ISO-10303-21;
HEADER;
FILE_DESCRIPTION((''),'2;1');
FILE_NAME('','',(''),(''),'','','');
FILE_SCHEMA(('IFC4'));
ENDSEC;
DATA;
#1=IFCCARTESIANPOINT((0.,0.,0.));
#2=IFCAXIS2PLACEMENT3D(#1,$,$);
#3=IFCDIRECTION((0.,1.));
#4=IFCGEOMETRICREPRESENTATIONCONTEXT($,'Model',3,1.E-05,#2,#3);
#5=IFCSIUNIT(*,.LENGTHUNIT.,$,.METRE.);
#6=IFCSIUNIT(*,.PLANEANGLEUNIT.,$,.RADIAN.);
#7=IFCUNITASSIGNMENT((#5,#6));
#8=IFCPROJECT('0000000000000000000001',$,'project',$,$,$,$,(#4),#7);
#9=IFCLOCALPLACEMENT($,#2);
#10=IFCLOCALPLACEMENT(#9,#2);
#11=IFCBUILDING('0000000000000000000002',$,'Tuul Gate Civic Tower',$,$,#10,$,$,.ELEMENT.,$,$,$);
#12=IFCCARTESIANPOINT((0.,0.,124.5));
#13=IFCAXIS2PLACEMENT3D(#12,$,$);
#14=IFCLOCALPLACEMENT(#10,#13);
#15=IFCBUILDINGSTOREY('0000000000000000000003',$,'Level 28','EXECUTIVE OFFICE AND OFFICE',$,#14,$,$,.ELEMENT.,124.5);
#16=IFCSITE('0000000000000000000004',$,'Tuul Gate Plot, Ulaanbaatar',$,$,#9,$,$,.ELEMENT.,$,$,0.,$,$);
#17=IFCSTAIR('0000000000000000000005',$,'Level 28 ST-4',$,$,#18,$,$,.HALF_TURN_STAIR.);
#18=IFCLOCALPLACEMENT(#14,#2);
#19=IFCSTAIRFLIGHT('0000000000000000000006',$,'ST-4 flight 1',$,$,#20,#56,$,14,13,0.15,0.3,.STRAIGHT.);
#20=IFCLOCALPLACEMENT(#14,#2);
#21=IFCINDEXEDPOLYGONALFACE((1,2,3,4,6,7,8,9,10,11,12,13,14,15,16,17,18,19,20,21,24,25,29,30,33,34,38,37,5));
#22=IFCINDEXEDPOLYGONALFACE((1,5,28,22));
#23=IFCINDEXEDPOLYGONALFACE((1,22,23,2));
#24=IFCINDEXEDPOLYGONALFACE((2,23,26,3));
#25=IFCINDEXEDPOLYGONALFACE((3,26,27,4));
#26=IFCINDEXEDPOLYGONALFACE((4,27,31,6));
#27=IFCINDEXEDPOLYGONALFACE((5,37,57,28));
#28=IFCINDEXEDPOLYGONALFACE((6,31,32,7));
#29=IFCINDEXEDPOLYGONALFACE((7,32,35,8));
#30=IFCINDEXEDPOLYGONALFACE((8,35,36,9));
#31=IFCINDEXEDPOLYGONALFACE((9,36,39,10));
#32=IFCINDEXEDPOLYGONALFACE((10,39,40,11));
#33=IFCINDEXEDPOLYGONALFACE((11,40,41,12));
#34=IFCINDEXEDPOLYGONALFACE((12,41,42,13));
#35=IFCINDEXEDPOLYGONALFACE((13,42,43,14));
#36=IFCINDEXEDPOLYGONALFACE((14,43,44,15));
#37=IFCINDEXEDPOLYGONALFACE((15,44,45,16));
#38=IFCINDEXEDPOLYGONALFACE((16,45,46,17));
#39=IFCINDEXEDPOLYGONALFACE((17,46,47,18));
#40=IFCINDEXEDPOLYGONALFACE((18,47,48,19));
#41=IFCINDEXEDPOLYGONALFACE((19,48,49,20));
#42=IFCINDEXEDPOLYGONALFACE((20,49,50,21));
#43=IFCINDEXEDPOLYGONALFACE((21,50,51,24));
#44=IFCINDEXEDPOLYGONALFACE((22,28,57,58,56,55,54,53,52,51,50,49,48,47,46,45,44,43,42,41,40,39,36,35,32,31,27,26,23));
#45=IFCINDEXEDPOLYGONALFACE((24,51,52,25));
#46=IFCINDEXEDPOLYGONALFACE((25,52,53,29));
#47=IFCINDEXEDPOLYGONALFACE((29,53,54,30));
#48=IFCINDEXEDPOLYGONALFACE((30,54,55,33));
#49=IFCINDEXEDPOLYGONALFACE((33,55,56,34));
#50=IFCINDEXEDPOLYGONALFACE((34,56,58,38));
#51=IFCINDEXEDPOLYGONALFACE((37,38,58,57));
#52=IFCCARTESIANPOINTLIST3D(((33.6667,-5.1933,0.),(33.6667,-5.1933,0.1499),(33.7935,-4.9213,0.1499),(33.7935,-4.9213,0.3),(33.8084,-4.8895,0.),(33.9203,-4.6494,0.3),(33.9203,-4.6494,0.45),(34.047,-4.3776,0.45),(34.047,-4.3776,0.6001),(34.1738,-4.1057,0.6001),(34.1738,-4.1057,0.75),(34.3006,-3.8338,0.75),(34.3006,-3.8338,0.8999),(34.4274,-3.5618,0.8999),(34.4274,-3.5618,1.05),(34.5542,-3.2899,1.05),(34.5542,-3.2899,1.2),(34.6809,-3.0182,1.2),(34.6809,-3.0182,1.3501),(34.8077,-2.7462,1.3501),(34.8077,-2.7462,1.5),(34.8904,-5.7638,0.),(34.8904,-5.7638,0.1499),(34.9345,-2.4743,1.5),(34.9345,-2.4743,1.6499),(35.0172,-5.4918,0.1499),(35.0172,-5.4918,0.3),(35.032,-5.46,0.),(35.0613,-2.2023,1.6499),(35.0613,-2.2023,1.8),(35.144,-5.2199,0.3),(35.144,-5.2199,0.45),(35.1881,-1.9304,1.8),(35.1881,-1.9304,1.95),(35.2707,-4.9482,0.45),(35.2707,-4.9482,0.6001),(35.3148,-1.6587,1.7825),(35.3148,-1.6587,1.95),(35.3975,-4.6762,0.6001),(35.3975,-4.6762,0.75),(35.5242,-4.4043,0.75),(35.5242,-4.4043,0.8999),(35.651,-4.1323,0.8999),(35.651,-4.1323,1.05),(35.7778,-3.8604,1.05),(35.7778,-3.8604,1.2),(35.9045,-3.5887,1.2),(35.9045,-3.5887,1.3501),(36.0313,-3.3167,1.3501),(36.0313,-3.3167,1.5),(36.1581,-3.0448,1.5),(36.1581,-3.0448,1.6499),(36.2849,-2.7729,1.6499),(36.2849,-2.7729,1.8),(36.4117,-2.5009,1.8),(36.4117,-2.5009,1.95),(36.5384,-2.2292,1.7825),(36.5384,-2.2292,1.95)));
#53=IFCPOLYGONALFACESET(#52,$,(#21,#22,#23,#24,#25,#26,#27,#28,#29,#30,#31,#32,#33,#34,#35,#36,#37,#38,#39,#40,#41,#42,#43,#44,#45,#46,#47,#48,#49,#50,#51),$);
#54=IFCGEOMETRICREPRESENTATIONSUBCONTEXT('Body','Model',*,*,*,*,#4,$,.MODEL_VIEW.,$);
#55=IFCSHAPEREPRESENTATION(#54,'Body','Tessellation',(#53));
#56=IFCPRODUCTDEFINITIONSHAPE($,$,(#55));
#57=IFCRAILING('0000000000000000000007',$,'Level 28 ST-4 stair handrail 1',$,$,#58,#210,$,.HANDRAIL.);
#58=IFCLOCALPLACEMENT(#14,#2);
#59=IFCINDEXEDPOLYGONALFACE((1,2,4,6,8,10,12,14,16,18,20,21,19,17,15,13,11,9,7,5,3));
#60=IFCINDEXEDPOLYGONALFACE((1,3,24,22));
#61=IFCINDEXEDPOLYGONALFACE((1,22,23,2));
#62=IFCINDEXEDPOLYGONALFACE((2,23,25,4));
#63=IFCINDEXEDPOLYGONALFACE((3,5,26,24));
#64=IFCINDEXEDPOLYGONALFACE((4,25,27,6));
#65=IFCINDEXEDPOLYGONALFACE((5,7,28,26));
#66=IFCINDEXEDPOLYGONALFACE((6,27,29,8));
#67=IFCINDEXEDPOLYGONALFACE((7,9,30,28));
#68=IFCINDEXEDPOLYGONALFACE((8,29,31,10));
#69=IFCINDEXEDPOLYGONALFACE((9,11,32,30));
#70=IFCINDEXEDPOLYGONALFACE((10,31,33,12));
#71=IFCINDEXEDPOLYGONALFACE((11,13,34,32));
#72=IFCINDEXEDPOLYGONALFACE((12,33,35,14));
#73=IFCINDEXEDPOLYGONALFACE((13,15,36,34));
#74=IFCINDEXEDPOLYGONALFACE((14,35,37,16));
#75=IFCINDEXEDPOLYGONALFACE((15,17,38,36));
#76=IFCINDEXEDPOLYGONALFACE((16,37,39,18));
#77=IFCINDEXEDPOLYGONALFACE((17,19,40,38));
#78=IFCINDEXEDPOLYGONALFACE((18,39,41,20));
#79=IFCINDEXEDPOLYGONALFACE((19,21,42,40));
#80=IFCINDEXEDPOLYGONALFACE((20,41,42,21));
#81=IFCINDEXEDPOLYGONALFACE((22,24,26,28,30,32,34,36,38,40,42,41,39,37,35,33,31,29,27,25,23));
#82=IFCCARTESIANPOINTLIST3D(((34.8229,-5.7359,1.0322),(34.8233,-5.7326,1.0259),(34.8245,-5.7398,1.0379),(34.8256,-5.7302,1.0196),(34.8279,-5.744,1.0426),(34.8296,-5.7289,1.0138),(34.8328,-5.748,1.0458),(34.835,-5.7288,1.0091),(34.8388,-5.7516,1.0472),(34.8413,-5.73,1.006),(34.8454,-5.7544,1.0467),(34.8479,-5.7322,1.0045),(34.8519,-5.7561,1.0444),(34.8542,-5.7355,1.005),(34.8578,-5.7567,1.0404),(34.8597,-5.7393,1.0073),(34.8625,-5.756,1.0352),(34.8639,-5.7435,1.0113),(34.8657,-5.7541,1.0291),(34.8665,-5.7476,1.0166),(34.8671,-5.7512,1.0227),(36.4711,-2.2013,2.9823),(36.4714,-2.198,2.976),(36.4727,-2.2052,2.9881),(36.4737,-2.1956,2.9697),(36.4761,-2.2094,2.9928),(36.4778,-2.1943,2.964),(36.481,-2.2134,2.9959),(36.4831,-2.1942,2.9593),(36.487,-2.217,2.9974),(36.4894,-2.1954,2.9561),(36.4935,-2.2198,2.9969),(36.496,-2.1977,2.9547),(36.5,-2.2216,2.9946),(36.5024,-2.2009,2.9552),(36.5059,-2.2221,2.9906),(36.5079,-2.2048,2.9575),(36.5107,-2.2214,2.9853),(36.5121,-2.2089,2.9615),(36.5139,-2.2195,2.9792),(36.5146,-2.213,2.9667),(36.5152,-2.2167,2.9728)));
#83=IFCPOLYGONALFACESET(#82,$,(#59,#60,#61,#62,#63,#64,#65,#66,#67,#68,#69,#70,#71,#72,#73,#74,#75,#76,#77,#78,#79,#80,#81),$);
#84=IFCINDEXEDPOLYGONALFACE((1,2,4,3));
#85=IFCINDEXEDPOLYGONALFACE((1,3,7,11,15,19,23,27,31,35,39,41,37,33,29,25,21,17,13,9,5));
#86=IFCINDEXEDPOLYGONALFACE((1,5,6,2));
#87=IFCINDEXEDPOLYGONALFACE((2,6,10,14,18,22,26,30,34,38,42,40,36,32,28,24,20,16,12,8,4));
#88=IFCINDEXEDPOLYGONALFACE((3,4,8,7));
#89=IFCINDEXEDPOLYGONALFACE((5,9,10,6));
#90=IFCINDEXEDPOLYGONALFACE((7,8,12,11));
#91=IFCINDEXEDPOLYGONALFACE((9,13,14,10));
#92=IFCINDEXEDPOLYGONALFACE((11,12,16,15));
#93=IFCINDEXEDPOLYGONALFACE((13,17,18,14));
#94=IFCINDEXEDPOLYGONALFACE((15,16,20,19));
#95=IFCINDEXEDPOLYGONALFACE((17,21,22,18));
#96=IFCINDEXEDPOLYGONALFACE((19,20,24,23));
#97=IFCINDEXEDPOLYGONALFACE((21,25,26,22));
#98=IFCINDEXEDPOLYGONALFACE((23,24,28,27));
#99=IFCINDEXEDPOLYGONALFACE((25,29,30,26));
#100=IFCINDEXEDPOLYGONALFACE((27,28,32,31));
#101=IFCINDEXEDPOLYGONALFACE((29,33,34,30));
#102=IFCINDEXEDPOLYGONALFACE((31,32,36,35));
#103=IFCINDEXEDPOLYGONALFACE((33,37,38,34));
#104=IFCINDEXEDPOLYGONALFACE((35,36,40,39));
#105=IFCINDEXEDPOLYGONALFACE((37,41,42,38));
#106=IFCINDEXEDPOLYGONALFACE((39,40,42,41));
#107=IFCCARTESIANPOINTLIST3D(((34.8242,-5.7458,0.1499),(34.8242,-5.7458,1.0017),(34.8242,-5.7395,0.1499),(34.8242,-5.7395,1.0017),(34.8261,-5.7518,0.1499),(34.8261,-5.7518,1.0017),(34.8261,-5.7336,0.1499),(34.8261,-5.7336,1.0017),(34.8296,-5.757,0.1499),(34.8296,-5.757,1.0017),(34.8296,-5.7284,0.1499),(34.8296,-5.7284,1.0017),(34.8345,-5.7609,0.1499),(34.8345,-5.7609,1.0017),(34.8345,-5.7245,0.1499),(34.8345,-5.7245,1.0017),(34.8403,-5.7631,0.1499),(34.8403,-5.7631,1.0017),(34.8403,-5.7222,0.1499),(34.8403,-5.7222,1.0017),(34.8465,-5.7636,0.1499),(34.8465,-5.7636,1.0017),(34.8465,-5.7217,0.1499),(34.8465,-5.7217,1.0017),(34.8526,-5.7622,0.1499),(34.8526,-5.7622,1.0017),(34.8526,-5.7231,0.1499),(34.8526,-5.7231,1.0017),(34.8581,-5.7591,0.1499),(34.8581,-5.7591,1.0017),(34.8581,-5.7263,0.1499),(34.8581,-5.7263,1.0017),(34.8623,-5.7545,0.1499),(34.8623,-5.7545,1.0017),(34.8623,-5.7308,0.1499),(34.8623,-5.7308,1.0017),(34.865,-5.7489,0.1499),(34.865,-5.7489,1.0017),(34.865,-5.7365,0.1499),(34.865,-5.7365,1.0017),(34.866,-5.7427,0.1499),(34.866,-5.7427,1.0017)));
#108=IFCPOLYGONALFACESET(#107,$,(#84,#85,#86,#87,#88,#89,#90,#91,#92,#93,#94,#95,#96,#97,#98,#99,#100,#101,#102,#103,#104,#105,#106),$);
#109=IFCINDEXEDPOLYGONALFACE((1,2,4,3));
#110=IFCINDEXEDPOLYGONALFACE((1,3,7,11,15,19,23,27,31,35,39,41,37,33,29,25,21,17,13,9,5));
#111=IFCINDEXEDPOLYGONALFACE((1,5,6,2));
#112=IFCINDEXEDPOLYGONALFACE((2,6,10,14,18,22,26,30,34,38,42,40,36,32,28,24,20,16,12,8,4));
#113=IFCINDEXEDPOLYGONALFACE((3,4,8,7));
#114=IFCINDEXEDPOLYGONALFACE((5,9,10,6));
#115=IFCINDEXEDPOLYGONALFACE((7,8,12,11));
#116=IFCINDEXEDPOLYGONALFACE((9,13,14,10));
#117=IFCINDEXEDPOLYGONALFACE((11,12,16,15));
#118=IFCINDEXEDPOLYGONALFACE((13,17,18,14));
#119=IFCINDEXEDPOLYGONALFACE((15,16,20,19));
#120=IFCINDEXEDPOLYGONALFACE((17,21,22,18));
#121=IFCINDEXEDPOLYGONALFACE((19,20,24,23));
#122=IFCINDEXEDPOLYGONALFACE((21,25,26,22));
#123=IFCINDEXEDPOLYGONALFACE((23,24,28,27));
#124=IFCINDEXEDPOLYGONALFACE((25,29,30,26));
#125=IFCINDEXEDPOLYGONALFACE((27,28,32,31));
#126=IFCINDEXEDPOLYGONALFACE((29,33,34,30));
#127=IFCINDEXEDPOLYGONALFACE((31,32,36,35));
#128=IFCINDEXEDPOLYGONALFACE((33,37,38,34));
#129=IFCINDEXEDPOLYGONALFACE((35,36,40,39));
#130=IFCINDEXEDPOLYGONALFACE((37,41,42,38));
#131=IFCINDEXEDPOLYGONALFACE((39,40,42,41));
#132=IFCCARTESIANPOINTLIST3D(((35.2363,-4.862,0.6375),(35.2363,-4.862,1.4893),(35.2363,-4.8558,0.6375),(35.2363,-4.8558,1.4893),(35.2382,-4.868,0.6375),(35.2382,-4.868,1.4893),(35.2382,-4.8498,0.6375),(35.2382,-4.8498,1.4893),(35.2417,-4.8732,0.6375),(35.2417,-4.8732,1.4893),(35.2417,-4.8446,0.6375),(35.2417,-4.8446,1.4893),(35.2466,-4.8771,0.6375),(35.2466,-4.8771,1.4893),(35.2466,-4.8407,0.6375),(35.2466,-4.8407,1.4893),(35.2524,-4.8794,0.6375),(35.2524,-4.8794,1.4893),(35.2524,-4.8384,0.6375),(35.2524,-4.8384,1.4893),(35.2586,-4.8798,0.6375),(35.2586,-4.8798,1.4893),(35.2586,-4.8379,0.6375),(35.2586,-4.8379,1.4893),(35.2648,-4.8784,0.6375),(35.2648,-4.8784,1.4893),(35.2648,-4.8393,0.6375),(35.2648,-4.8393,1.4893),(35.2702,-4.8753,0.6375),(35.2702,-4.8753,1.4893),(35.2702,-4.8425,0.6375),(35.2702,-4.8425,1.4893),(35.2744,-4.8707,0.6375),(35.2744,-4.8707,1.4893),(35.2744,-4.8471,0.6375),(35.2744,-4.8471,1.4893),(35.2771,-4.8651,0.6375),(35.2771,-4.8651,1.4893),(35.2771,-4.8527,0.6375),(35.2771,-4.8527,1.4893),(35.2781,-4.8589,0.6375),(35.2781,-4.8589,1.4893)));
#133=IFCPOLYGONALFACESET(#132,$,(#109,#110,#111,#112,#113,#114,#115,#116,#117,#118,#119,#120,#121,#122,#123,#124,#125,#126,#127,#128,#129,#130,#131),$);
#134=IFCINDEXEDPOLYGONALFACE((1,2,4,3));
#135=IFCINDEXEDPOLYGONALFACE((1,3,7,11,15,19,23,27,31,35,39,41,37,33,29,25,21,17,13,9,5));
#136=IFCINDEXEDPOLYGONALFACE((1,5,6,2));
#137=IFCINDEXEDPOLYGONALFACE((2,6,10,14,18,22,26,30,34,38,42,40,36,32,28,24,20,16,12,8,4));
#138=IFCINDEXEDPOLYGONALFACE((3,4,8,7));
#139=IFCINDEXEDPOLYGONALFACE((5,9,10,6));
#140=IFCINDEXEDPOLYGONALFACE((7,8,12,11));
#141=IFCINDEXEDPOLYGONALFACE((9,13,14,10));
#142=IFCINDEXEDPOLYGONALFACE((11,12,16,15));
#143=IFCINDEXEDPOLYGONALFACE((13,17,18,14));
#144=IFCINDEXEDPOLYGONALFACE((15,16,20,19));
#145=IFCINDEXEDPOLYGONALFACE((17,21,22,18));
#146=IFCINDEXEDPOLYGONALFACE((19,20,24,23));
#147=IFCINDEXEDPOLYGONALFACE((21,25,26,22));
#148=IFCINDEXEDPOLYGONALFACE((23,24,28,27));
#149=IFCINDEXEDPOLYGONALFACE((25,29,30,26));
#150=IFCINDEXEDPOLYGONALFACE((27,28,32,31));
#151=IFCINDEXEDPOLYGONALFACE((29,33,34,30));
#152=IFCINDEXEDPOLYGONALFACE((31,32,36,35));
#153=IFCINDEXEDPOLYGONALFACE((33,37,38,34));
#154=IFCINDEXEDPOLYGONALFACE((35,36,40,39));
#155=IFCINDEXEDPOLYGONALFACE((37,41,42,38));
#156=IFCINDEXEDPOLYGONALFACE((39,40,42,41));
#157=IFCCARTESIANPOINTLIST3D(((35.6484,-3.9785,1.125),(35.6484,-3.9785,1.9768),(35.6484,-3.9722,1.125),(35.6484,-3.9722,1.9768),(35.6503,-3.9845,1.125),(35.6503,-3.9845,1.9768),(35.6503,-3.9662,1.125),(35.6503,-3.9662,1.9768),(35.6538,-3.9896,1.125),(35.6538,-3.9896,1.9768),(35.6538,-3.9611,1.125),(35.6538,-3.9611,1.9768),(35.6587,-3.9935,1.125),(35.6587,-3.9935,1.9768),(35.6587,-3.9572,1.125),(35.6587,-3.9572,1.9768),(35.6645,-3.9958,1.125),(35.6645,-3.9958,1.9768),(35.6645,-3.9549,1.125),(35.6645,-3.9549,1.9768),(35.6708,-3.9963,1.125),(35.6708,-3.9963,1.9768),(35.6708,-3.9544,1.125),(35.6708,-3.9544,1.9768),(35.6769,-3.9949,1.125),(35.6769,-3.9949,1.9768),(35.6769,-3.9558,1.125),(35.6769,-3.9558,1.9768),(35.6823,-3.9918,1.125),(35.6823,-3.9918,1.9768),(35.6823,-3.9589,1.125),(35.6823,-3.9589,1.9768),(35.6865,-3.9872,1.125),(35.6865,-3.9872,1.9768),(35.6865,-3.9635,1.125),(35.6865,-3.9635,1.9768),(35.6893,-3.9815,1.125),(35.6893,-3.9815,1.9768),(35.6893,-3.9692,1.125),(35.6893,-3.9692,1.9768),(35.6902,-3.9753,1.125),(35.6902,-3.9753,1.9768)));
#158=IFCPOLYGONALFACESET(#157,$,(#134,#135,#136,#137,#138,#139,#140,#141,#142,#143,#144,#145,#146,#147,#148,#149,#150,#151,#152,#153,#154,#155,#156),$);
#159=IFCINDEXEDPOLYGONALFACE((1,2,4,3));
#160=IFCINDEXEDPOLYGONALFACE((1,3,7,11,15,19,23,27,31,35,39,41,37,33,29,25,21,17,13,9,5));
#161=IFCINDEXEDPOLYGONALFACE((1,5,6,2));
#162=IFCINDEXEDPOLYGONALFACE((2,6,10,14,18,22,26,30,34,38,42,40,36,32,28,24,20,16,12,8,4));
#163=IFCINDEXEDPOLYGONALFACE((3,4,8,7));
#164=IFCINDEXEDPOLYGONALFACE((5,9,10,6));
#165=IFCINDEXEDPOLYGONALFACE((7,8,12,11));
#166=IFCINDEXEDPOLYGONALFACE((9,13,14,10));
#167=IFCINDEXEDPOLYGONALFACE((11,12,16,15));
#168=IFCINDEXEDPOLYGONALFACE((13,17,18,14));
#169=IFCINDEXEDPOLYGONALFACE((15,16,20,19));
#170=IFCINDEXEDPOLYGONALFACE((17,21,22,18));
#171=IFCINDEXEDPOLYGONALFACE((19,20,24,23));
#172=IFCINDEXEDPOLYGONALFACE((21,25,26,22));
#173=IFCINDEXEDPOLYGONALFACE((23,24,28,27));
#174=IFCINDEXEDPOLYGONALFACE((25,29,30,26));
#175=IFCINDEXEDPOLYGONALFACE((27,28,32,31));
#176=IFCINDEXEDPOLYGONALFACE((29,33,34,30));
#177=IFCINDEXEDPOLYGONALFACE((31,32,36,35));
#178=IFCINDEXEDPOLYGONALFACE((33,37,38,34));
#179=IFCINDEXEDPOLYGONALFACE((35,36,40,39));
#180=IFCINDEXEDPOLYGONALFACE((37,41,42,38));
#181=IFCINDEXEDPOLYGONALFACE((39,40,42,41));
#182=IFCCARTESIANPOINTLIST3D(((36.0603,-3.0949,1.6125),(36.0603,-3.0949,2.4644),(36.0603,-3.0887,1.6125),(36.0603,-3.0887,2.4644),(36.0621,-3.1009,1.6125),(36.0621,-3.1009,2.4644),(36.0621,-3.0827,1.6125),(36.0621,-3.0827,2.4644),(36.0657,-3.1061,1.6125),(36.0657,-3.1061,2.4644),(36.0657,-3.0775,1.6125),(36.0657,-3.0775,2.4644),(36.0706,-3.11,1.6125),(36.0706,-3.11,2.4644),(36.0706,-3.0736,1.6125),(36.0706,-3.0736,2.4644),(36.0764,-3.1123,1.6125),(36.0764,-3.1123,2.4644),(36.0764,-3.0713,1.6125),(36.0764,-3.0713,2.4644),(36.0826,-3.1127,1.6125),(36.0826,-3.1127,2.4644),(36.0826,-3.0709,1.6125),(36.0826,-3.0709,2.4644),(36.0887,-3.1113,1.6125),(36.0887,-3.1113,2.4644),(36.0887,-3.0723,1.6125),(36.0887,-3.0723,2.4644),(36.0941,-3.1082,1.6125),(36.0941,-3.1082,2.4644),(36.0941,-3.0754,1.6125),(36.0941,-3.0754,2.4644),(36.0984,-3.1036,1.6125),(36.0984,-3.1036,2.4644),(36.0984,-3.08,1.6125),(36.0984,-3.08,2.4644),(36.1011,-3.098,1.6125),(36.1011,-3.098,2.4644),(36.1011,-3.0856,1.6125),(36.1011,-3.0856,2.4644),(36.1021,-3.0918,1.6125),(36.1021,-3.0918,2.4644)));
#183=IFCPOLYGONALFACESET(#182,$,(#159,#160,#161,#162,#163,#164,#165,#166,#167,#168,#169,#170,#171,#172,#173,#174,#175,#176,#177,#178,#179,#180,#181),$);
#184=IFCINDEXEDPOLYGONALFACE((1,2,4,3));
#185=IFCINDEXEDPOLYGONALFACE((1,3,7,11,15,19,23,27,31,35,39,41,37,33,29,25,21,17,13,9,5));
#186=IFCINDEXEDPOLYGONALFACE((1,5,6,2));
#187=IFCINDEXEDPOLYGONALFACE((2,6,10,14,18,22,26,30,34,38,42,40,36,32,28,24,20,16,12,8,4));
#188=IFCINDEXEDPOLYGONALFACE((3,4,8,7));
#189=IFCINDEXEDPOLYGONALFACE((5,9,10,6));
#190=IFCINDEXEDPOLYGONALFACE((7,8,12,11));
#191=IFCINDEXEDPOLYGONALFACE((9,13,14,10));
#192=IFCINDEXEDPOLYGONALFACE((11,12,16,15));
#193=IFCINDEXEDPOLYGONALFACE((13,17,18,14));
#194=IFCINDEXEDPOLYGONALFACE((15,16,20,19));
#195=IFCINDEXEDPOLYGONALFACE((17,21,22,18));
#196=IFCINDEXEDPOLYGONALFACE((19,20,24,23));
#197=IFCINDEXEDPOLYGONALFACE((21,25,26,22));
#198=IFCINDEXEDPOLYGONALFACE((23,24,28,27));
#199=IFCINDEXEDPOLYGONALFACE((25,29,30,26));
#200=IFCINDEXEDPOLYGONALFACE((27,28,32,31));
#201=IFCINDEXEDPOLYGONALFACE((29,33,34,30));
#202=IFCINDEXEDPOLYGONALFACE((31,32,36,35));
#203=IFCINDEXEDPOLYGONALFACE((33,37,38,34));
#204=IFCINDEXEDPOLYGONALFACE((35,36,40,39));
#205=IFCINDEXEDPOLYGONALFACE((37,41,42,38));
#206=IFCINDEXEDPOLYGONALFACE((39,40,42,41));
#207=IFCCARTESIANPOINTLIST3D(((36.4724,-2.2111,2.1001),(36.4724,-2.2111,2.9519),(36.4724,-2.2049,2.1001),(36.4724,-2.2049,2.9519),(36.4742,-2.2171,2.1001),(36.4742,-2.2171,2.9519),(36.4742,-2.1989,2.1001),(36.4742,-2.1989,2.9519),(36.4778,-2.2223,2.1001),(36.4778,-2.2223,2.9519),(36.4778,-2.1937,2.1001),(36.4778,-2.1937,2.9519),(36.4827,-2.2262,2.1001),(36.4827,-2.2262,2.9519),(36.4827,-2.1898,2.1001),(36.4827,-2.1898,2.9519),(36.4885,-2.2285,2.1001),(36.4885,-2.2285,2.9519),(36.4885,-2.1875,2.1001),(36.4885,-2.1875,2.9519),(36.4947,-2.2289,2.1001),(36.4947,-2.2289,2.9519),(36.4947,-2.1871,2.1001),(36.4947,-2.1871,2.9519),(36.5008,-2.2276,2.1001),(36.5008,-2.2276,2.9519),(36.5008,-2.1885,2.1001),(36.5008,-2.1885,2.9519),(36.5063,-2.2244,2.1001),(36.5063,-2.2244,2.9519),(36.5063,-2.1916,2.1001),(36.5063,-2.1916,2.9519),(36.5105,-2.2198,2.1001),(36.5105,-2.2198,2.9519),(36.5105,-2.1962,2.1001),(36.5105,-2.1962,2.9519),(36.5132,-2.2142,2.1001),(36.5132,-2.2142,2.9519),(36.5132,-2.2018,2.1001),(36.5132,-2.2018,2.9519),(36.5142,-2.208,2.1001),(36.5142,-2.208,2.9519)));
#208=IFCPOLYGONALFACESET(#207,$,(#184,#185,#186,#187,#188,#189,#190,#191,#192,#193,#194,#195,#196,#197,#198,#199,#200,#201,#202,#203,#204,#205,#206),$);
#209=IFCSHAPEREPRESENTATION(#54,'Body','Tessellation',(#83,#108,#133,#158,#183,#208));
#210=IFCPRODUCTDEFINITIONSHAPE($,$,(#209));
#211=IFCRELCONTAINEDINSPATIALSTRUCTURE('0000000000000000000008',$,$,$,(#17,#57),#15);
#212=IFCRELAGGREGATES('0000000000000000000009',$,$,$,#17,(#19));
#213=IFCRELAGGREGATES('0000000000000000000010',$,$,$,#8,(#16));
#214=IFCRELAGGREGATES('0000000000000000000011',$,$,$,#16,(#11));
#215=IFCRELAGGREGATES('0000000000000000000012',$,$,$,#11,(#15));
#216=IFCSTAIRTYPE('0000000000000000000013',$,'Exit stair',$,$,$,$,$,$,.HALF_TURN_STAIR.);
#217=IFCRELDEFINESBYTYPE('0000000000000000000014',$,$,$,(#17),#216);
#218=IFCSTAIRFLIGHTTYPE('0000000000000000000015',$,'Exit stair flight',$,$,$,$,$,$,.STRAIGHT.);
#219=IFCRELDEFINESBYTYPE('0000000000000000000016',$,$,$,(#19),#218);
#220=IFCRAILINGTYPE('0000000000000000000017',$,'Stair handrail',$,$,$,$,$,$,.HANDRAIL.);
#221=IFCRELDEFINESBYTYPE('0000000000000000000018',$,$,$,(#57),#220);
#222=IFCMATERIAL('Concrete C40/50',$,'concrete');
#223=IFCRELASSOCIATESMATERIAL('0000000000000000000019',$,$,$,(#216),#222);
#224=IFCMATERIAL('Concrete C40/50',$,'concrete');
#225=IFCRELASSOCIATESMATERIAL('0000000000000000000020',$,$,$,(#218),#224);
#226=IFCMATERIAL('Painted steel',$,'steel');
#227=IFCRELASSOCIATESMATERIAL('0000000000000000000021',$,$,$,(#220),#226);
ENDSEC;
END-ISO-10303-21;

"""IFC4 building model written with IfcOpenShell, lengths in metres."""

from ifc_helpers import new_model, si_unit, direction, frame, origin, origin_2d, place, context, subcontext, project, spatial, polyline, circle, outline, extrude, material, type_object, element, aggregate, save


model = new_model("IFC4")

# Units and contexts
model_context = context("Model", 3, precision=1e-05, world=origin(), true_north=direction((0.0, 1.0)))
body_context = subcontext(model_context, "Body", "Model", "MODEL_VIEW")
ifc_project = project(units=[si_unit("LENGTHUNIT", "METRE"), si_unit("PLANEANGLEUNIT", "RADIAN")], contexts=[model_context])

# Site, building, storey
site_placement = place(None, origin())
site = spatial("IfcSite", under=ifc_project, at=site_placement, Name="Tuul Gate Plot, Ulaanbaatar", CompositionType="ELEMENT", RefElevation=0.0)
building_placement = place(site_placement, origin())
building = spatial("IfcBuilding", under=site, at=building_placement, Name="Tuul Gate Civic Tower", CompositionType="ELEMENT")
storey_placement = place(building_placement, frame((0.0, 0.0, 124.5)))
storey = spatial("IfcBuildingStorey", under=building, at=storey_placement, Name="Level 28", Description="EXECUTIVE OFFICE AND OFFICE", CompositionType="ELEMENT", Elevation=124.5)

# Stair, stair flight
ifc_material_1 = material(Name="Concrete C40/50", Category="concrete")
stair_type = type_object("IfcStairType", Name="Exit stair", PredefinedType="HALF_TURN_STAIR", material=ifc_material_1)
stair_placement = place(storey_placement, origin())
stair = element("IfcStair", 1, at=stair_placement, inside=storey, type_object=stair_type, Name="Level 28 ST-4", PredefinedType="HALF_TURN_STAIR")
ifc_material_2 = material(Name="Concrete C40/50", Category="concrete")
stair_flight_type = type_object("IfcStairFlightType", Name="Exit stair flight", PredefinedType="STRAIGHT", material=ifc_material_2)
stair_flight_placement = place(storey_placement, frame((34.2786, -5.4785, 0.0), z_axis=(0.0, 0.0, 1.0), x_axis=(0.422576, 0.906327, 0.0)))
stair_flight = element("IfcStairFlight", 2, at=stair_flight_placement, type_object=stair_flight_type, Name="ST-4 flight 1", NumberOfRisers=14, NumberOfTreads=13, PredefinedType="STRAIGHT", RiserHeight=0.15, TreadLength=0.3, context=body_context, shape_type="SweptSolid", body=[
    extrude(outline(polyline([(0.0, 0.0), (0.0, 0.1499), (0.3, 0.1499), (0.3, 0.3), (0.6001, 0.3), (0.6001, 0.45), (0.8999, 0.45), (0.8999, 0.6001), (1.2, 0.6001), (1.2, 0.75), (1.5, 0.75), (1.5, 0.8999), (1.8, 0.8999), (1.8, 1.05), (2.1001, 1.05), (2.1001, 1.2), (2.3999, 1.2), (2.3999, 1.3501), (2.7, 1.3501), (2.7, 1.5), (3.0, 1.5), (3.0, 1.6499), (3.3, 1.6499), (3.3, 1.8), (3.6001, 1.8), (3.6001, 1.95), (3.8999, 1.95), (3.8999, 2.1001), (3.8999, 1.7825), (0.3352, 0.0), (0.0, 0.0)])), frame((0.0, 0.675, 0.0), z_axis=(0.0, -1.0, 0.0), x_axis=(1.0, 0.0, 0.0)), (0.0, 0.0, 1.0), 1.3501),
])
aggregate(stair, [stair_flight])

# Railing
ifc_material_3 = material(Name="Painted steel", Category="steel")
railing_type_1 = type_object("IfcRailingType", Name="Stair handrail", PredefinedType="HANDRAIL", material=ifc_material_3)
railing_1_placement = place(storey_placement, frame((34.845, -5.7427, 0.1499)))
element("IfcRailing", 3, at=railing_1_placement, inside=storey, type_object=railing_type_1, Name="Level 28 ST-4 stair handrail 1", PredefinedType="HANDRAIL", context=body_context, shape_type="SweptSolid", body=[
    extrude(circle(Radius=0.0239, at=origin_2d()), frame((0.0, 0.0, 0.876), z_axis=(0.377985, 0.810617, 0.447245), x_axis=(-0.906313, 0.422608, 0.0)), (0.0, 0.0, 1.0), 4.3604),
    extrude(circle(Radius=0.021, at=origin_2d()), origin(), (0.0, 0.0, 1.0), 0.8518),
    extrude(circle(Radius=0.021, at=origin_2d()), frame((0.4121, 0.8838, 0.4875)), (0.0, 0.0, 1.0), 0.8518),
    extrude(circle(Radius=0.021, at=origin_2d()), frame((0.8242, 1.7673, 0.9751)), (0.0, 0.0, 1.0), 0.8518),
    extrude(circle(Radius=0.021, at=origin_2d()), frame((1.2361, 2.6509, 1.4626)), (0.0, 0.0, 1.0), 0.8518),
    extrude(circle(Radius=0.021, at=origin_2d()), frame((1.6482, 3.5347, 1.9502)), (0.0, 0.0, 1.0), 0.8518),
])

save(model, "model.ifc")
